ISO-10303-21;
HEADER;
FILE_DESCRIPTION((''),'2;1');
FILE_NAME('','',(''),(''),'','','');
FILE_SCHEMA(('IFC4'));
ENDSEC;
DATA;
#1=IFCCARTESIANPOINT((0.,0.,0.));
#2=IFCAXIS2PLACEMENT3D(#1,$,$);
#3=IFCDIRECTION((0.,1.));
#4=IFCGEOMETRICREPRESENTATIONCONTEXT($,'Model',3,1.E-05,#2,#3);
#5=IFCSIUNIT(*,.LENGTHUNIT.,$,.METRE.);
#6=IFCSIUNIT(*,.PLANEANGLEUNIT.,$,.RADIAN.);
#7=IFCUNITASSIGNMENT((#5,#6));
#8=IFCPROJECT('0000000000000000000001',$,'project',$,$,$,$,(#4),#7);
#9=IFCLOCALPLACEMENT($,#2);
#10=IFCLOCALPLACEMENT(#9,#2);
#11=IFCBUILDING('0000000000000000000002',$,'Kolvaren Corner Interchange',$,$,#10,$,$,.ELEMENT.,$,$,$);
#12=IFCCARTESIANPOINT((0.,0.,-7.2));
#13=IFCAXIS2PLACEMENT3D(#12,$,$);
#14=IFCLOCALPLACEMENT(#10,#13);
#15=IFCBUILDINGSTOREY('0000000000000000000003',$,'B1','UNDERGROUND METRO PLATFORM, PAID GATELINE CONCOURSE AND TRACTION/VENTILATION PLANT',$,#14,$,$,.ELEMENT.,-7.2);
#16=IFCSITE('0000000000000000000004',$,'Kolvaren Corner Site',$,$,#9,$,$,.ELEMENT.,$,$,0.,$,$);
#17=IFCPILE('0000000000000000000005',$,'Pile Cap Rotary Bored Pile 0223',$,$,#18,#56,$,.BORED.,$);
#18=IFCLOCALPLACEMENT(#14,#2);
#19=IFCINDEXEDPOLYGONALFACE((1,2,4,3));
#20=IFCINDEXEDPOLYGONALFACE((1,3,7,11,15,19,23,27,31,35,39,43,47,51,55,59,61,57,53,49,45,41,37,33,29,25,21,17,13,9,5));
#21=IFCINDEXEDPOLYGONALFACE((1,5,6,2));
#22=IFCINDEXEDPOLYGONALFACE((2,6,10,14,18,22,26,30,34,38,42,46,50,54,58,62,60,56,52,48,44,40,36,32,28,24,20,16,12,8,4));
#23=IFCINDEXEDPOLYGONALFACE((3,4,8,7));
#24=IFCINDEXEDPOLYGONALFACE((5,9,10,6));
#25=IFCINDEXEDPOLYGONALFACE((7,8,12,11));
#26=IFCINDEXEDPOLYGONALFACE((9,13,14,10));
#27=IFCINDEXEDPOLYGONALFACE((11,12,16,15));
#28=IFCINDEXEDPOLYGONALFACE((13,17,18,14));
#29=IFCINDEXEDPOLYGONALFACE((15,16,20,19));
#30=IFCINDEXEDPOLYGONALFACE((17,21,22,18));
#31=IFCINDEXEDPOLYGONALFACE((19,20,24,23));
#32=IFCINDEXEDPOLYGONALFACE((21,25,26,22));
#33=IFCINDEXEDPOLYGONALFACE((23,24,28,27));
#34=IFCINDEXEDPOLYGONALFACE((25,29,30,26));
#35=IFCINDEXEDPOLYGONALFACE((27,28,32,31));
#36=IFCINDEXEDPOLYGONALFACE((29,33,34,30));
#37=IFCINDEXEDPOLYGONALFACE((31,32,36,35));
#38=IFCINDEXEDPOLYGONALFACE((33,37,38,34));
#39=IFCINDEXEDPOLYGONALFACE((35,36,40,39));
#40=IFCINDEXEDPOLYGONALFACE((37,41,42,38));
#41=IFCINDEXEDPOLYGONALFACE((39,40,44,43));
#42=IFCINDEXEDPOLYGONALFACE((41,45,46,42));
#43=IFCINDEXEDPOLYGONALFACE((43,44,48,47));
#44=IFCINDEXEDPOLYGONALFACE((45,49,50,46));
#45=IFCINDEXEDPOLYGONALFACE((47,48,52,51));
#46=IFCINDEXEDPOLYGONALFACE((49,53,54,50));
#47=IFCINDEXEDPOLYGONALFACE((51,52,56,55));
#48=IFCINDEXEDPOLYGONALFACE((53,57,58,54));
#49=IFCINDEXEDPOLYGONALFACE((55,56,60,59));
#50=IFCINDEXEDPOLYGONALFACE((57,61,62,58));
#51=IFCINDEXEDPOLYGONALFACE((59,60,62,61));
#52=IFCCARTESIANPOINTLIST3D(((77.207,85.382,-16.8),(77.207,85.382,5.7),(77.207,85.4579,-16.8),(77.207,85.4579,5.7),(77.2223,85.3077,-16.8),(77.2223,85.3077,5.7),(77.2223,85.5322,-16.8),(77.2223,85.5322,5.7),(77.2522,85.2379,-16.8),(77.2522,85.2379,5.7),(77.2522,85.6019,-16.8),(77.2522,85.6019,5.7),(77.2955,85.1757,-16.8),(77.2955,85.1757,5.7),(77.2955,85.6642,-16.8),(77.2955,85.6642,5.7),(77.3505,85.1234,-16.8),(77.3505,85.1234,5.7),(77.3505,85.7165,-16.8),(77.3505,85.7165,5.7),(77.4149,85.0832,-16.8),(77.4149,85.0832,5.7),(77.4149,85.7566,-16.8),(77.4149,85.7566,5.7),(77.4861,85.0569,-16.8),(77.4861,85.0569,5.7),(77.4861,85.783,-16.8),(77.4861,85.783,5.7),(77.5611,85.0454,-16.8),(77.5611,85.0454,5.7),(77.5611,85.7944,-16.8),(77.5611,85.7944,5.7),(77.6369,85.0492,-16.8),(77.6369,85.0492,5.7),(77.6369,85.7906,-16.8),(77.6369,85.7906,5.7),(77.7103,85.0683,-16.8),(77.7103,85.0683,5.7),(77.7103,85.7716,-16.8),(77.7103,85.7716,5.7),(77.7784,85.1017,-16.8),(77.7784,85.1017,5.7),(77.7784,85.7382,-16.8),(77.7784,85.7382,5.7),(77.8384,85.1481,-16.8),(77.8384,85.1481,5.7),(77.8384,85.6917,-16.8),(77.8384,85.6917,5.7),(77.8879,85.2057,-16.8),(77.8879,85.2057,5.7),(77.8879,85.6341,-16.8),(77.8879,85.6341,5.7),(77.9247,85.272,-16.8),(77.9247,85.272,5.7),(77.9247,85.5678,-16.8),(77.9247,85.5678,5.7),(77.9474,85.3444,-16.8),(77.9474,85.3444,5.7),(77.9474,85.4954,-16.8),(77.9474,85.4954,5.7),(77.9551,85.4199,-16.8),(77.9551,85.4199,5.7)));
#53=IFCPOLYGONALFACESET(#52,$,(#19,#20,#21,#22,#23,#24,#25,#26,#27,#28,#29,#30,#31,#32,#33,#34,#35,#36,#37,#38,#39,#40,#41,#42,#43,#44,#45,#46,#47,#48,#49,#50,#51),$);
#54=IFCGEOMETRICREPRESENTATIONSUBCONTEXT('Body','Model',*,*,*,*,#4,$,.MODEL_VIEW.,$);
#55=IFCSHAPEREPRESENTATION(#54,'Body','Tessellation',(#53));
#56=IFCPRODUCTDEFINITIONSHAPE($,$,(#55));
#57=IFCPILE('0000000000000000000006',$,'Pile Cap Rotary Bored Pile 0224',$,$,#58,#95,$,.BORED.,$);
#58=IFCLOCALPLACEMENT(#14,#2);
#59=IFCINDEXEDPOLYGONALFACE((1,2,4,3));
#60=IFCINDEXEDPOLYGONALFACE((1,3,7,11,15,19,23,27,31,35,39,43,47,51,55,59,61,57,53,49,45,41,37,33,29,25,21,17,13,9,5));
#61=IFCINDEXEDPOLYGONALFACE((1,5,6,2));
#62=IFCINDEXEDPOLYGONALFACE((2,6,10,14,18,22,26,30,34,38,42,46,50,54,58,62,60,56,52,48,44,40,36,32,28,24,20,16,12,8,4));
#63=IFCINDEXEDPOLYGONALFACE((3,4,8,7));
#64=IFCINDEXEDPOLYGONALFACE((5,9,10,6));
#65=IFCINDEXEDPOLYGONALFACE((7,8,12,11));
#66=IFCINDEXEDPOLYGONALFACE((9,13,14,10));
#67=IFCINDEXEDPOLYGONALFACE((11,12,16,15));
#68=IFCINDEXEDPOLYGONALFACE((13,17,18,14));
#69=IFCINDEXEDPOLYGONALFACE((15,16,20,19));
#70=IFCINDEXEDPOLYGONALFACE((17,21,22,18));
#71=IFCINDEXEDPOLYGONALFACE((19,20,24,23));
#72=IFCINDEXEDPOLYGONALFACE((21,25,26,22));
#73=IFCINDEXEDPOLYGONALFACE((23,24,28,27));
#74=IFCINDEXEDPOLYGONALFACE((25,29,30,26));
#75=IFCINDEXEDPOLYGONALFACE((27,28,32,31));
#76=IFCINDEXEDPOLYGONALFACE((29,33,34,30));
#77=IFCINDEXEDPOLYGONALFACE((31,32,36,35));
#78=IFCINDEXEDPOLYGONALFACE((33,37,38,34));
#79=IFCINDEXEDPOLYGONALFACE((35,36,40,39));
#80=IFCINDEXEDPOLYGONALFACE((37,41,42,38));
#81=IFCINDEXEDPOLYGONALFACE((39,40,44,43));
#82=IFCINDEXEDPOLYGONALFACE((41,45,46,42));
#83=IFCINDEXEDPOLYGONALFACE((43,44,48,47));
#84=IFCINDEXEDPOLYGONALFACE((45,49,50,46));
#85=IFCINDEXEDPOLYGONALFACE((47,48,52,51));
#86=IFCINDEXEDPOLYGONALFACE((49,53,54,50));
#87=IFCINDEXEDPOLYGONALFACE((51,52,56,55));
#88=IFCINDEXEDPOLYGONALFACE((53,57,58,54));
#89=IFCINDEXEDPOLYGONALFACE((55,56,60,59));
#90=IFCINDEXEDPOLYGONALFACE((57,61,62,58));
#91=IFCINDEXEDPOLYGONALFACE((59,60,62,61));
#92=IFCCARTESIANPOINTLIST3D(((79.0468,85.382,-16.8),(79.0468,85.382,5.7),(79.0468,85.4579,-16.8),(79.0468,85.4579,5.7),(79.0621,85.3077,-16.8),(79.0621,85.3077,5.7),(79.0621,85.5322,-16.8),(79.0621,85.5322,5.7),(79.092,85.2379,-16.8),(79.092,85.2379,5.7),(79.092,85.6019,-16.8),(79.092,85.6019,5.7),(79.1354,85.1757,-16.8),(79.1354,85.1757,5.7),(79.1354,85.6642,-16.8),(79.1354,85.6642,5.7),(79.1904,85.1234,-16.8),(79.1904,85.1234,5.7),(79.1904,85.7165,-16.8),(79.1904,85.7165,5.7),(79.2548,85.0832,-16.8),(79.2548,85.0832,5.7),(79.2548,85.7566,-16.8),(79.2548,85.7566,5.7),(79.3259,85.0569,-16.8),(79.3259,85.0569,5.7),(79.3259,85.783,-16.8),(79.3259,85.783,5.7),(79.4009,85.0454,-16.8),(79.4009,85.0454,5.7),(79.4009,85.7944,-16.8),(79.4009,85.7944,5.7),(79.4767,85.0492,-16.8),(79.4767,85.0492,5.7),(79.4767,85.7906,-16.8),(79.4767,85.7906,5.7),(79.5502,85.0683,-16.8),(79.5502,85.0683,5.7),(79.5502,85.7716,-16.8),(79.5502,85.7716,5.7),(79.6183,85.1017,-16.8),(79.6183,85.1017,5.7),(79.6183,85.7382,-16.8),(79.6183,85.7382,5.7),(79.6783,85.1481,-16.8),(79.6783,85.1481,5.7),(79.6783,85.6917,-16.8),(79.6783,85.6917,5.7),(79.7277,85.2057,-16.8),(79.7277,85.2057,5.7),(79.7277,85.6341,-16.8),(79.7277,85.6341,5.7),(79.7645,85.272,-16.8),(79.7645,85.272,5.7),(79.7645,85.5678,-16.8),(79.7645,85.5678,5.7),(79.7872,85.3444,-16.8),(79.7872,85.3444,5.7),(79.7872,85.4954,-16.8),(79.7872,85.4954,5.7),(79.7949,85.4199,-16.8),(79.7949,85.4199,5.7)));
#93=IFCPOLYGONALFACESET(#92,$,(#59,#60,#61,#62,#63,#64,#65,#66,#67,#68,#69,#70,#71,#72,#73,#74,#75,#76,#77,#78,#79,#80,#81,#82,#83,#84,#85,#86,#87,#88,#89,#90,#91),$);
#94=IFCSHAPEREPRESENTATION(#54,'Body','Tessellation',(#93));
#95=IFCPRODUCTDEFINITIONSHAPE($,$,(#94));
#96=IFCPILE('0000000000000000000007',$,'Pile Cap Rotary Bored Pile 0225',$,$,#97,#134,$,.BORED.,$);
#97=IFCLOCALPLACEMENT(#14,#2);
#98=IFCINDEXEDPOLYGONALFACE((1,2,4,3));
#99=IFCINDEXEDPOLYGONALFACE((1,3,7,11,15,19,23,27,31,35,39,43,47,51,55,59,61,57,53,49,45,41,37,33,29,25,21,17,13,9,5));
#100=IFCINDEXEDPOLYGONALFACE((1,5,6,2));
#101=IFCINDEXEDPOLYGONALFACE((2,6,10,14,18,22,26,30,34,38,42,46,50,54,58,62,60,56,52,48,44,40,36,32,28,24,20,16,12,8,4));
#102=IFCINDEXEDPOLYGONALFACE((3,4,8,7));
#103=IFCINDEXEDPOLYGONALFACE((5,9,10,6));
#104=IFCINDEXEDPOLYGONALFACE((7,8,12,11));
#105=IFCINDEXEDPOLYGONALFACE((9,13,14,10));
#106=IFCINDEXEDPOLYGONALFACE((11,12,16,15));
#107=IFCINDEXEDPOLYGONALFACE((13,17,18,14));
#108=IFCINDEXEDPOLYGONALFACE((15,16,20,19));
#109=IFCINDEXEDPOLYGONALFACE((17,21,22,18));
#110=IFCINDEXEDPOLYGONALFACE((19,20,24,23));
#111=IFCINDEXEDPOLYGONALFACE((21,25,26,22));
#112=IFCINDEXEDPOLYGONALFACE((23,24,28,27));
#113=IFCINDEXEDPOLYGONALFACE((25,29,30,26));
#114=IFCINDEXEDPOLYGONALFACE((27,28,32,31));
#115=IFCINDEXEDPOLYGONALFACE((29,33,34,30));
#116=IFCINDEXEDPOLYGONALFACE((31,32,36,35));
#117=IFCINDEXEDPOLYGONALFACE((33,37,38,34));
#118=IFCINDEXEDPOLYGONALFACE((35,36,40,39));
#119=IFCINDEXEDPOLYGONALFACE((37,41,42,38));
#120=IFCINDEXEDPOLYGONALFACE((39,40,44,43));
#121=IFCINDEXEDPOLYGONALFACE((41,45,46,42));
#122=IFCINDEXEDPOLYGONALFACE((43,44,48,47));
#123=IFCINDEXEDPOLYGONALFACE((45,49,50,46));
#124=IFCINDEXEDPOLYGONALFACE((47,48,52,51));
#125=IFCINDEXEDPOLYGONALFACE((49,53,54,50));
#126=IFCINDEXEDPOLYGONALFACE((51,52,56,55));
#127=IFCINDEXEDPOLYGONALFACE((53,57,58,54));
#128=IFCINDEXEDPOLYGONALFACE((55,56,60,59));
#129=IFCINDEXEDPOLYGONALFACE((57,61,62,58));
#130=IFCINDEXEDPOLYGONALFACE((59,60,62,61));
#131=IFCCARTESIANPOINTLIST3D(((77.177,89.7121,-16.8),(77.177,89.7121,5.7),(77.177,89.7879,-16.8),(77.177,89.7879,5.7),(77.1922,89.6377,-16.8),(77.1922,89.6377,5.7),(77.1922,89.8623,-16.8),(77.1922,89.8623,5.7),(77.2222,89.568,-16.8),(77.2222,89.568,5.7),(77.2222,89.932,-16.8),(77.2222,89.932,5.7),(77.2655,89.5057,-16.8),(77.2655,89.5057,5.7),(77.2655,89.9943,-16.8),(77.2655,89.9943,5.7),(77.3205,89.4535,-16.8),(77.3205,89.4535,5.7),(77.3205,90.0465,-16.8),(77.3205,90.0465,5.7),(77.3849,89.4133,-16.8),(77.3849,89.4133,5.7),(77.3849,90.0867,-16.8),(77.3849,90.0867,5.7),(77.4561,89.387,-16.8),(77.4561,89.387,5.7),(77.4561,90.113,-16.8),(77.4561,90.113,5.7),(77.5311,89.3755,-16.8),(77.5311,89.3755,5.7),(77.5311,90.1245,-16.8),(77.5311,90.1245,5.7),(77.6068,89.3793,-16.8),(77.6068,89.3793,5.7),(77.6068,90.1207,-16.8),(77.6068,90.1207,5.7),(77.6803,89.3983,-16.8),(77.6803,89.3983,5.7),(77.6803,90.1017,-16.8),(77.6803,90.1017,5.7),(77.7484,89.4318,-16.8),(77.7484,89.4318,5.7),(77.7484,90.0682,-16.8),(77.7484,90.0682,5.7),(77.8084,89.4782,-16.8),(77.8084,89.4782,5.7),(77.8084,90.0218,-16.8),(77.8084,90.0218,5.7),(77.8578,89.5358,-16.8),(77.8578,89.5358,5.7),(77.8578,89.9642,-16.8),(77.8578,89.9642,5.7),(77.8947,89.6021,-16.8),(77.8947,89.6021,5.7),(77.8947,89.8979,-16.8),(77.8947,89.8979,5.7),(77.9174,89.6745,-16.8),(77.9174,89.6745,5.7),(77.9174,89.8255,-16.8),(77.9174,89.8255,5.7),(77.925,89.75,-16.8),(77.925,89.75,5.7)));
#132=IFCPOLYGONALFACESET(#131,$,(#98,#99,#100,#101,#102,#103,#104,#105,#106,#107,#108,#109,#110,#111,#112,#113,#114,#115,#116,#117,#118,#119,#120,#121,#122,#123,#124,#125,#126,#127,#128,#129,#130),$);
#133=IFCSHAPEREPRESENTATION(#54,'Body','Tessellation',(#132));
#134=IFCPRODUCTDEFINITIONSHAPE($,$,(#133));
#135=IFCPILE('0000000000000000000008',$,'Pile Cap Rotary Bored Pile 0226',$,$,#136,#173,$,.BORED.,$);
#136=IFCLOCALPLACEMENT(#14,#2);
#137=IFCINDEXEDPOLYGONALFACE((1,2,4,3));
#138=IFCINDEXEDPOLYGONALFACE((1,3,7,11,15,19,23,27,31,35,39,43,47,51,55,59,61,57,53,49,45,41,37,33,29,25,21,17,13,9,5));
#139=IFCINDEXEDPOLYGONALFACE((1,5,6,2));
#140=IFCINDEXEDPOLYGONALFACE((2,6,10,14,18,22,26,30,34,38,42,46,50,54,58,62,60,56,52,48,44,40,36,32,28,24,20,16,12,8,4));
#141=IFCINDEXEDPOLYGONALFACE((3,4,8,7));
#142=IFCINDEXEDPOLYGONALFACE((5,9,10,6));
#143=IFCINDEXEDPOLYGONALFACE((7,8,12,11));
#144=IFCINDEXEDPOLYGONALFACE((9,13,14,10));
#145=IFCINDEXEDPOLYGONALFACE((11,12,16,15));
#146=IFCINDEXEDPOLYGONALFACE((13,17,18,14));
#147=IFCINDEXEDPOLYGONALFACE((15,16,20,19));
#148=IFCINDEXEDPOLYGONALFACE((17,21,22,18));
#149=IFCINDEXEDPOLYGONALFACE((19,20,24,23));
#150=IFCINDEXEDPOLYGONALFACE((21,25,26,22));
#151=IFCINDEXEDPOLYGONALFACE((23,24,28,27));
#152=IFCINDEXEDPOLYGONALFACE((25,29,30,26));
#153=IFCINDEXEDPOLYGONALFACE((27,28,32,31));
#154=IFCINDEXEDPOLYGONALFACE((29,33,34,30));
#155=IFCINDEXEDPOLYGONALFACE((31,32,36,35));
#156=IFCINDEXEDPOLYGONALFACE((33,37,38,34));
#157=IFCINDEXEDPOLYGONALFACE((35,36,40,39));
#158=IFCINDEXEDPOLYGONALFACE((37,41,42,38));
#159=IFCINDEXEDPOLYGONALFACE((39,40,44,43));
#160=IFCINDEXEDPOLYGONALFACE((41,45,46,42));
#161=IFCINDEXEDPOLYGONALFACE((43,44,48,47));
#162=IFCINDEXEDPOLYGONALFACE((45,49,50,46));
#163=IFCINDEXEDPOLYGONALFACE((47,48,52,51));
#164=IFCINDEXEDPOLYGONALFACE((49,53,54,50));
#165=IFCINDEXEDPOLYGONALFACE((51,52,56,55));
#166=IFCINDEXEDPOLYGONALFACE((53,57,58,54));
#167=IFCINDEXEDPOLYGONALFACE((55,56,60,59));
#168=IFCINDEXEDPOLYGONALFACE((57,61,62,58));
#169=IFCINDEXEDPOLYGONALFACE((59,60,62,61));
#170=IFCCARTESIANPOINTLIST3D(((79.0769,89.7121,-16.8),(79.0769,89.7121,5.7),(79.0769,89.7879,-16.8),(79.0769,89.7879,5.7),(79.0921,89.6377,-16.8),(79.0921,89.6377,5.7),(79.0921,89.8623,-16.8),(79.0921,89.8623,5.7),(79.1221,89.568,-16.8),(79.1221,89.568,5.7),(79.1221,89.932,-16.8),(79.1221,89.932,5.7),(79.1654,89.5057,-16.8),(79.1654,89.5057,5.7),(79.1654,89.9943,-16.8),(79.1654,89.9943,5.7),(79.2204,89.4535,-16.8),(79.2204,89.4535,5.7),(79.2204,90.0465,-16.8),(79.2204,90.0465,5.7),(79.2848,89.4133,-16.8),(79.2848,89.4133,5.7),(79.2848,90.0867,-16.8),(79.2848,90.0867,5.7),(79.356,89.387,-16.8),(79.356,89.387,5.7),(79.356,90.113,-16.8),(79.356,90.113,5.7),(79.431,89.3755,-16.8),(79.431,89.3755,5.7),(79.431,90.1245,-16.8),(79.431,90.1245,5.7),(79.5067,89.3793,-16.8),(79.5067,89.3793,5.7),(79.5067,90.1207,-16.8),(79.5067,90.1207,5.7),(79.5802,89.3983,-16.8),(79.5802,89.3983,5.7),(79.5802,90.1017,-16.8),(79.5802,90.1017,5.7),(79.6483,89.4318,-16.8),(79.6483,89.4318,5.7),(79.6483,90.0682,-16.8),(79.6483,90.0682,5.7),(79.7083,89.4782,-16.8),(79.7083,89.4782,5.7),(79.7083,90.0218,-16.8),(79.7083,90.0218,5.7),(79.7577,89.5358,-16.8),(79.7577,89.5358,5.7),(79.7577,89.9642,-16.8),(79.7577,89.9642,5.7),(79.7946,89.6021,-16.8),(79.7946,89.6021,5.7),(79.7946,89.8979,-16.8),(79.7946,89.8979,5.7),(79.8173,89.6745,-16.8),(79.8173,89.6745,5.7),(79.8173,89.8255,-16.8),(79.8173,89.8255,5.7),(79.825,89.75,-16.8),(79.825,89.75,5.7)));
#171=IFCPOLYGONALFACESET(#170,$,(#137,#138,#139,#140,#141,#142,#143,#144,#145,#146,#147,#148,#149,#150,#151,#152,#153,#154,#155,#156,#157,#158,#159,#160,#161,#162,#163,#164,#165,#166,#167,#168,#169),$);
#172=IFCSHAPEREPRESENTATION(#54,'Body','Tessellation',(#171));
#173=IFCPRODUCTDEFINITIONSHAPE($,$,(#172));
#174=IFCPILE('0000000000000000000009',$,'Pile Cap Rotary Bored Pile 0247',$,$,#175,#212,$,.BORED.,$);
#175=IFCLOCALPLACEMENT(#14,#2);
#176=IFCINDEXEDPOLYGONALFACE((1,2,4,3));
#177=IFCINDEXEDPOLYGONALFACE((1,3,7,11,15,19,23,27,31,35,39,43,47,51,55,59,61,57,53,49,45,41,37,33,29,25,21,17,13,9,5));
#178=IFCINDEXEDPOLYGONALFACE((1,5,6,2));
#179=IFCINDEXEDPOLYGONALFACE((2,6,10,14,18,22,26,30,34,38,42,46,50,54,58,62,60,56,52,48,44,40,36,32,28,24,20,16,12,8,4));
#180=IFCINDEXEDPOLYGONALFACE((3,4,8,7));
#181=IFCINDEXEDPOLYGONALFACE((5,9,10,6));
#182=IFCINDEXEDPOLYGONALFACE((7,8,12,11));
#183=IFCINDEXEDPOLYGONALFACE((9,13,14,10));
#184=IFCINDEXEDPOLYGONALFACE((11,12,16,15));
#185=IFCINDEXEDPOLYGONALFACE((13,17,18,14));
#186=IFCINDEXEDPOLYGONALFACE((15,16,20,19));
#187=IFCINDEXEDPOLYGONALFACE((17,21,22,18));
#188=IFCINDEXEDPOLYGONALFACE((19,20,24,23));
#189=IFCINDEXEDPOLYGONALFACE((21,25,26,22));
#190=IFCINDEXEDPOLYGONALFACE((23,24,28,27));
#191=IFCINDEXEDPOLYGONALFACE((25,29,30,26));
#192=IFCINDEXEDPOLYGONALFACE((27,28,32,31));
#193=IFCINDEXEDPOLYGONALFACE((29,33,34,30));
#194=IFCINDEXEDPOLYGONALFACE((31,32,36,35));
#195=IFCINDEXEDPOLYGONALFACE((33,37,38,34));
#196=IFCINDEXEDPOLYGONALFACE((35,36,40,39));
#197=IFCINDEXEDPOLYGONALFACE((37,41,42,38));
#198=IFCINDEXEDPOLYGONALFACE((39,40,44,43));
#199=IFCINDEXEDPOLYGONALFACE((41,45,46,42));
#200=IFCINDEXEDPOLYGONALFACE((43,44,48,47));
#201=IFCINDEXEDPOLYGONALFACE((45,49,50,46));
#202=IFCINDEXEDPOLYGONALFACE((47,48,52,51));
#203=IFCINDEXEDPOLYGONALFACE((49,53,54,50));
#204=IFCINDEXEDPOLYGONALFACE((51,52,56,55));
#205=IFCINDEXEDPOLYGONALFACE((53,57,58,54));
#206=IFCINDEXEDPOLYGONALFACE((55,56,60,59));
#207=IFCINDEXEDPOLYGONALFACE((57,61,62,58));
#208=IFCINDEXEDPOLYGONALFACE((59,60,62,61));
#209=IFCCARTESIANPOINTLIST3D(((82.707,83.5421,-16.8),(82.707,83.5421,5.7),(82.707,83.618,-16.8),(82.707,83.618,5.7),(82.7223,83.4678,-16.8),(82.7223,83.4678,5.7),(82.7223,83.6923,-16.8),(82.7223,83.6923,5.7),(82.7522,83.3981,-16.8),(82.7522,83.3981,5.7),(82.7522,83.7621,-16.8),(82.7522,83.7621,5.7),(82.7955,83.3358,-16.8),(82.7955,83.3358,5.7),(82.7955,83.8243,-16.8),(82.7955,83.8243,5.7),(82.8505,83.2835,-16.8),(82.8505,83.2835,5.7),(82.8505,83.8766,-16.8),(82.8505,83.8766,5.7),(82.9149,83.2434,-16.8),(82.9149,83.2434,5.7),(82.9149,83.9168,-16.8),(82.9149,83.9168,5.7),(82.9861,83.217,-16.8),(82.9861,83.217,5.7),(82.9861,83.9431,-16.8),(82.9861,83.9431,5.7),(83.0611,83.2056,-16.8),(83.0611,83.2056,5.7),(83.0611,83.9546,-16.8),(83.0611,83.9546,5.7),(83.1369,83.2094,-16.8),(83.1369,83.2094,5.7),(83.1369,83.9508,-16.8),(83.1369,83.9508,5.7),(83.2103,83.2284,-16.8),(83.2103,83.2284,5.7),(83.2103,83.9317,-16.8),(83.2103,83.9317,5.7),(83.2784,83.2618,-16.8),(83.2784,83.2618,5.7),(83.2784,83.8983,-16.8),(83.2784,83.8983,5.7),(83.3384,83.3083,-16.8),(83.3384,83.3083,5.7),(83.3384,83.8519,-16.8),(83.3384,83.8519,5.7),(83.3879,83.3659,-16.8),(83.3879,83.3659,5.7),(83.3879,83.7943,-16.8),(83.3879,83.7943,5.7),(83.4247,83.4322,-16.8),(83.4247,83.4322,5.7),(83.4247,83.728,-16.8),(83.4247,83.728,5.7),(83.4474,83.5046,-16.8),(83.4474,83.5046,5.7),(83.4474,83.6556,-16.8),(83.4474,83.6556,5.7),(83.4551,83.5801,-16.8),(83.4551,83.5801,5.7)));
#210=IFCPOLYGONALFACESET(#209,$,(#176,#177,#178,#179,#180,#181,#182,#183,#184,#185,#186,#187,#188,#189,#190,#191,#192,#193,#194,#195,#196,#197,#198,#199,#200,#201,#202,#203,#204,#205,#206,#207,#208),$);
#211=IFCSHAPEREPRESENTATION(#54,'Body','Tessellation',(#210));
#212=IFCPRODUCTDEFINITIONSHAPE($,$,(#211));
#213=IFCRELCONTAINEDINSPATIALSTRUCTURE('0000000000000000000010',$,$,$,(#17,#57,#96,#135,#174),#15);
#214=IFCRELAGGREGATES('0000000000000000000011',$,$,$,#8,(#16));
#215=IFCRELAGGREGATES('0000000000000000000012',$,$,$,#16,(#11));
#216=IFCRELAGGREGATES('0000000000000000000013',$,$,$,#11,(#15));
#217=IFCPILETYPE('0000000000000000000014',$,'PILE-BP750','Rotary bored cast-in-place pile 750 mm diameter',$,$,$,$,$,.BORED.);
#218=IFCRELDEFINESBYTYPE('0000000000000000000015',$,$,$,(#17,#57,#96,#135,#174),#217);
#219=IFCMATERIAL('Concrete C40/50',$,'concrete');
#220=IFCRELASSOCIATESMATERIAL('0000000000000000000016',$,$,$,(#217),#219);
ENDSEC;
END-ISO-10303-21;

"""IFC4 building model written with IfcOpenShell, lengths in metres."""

from ifc_helpers import new_model, si_unit, direction, frame, origin, origin_2d, place, context, subcontext, project, spatial, circle, extrude, material, material_profile, profile_set, type_object, element, save


model = new_model("IFC4")

# Units and contexts
model_context = context("Model", 3, precision=1e-05, world=origin(), true_north=direction((0.0, 1.0)))
body_context = subcontext(model_context, "Body", "Model", "MODEL_VIEW")
ifc_project = project(units=[si_unit("LENGTHUNIT", "METRE"), si_unit("PLANEANGLEUNIT", "RADIAN")], contexts=[model_context])

# Site, building, storey
site_placement = place(None, origin())
site = spatial("IfcSite", under=ifc_project, at=site_placement, Name="Kolvaren Corner Site", CompositionType="ELEMENT", RefElevation=0.0)
building_placement = place(site_placement, origin())
building = spatial("IfcBuilding", under=site, at=building_placement, Name="Kolvaren Corner Interchange", CompositionType="ELEMENT")
storey_placement = place(building_placement, frame((0.0, 0.0, -7.2)))
storey = spatial("IfcBuildingStorey", under=building, at=storey_placement, Name="B1", Description="UNDERGROUND METRO PLATFORM, PAID GATELINE CONCOURSE AND TRACTION/VENTILATION PLANT", CompositionType="ELEMENT", Elevation=-7.2)

# Piles
ifc_material_1 = material(Name="Concrete C40/50", Category="concrete")
ifc_material_profile_1 = material_profile(ifc_material_1, circle(Radius=0.375, at=origin_2d()), Name="BORED PILE 750")
ifc_profile_set_1 = profile_set([ifc_material_profile_1], Name="Concrete C40/50")
pile_type_1 = type_object("IfcPileType", Name="PILE-BP750", Description="Rotary bored cast-in-place pile 750 mm diameter", PredefinedType="BORED", material=ifc_profile_set_1)
for number, where, z_axis, x_axis, name in (
    (1, (77.5801, 85.4199, 5.7), (0.0, 0.0, -1.0), (1.0, 0.0, 0.0), "Pile Cap Rotary Bored Pile 0223"),
    (2, (79.4199, 85.4199, 5.7), (0.0, 0.0, -1.0), (1.0, 0.0, 0.0), "Pile Cap Rotary Bored Pile 0224"),
    (3, (77.55, 89.75, 5.7), (0.0, 0.0, -1.0), (1.0, 0.0, 0.0), "Pile Cap Rotary Bored Pile 0225"),
    (4, (79.45, 89.75, 5.7), (0.0, 0.0, -1.0), (1.0, 0.0, 0.0), "Pile Cap Rotary Bored Pile 0226"),
    (5, (83.0801, 83.5801, 5.7), (0.0, 0.0, -1.0), (1.0, 0.0, 0.0), "Pile Cap Rotary Bored Pile 0247"),
):
    element("IfcPile", number, at=place(storey_placement, frame(where, z_axis=z_axis, x_axis=x_axis)), inside=storey, type_object=pile_type_1, Name=name, PredefinedType="BORED", context=body_context, shape_type="SweptSolid", body=[
        extrude(circle(Radius=0.375, at=origin_2d()), origin(), (0.0, 0.0, 1.0), 22.5),
    ])

save(model, "model.ifc")
